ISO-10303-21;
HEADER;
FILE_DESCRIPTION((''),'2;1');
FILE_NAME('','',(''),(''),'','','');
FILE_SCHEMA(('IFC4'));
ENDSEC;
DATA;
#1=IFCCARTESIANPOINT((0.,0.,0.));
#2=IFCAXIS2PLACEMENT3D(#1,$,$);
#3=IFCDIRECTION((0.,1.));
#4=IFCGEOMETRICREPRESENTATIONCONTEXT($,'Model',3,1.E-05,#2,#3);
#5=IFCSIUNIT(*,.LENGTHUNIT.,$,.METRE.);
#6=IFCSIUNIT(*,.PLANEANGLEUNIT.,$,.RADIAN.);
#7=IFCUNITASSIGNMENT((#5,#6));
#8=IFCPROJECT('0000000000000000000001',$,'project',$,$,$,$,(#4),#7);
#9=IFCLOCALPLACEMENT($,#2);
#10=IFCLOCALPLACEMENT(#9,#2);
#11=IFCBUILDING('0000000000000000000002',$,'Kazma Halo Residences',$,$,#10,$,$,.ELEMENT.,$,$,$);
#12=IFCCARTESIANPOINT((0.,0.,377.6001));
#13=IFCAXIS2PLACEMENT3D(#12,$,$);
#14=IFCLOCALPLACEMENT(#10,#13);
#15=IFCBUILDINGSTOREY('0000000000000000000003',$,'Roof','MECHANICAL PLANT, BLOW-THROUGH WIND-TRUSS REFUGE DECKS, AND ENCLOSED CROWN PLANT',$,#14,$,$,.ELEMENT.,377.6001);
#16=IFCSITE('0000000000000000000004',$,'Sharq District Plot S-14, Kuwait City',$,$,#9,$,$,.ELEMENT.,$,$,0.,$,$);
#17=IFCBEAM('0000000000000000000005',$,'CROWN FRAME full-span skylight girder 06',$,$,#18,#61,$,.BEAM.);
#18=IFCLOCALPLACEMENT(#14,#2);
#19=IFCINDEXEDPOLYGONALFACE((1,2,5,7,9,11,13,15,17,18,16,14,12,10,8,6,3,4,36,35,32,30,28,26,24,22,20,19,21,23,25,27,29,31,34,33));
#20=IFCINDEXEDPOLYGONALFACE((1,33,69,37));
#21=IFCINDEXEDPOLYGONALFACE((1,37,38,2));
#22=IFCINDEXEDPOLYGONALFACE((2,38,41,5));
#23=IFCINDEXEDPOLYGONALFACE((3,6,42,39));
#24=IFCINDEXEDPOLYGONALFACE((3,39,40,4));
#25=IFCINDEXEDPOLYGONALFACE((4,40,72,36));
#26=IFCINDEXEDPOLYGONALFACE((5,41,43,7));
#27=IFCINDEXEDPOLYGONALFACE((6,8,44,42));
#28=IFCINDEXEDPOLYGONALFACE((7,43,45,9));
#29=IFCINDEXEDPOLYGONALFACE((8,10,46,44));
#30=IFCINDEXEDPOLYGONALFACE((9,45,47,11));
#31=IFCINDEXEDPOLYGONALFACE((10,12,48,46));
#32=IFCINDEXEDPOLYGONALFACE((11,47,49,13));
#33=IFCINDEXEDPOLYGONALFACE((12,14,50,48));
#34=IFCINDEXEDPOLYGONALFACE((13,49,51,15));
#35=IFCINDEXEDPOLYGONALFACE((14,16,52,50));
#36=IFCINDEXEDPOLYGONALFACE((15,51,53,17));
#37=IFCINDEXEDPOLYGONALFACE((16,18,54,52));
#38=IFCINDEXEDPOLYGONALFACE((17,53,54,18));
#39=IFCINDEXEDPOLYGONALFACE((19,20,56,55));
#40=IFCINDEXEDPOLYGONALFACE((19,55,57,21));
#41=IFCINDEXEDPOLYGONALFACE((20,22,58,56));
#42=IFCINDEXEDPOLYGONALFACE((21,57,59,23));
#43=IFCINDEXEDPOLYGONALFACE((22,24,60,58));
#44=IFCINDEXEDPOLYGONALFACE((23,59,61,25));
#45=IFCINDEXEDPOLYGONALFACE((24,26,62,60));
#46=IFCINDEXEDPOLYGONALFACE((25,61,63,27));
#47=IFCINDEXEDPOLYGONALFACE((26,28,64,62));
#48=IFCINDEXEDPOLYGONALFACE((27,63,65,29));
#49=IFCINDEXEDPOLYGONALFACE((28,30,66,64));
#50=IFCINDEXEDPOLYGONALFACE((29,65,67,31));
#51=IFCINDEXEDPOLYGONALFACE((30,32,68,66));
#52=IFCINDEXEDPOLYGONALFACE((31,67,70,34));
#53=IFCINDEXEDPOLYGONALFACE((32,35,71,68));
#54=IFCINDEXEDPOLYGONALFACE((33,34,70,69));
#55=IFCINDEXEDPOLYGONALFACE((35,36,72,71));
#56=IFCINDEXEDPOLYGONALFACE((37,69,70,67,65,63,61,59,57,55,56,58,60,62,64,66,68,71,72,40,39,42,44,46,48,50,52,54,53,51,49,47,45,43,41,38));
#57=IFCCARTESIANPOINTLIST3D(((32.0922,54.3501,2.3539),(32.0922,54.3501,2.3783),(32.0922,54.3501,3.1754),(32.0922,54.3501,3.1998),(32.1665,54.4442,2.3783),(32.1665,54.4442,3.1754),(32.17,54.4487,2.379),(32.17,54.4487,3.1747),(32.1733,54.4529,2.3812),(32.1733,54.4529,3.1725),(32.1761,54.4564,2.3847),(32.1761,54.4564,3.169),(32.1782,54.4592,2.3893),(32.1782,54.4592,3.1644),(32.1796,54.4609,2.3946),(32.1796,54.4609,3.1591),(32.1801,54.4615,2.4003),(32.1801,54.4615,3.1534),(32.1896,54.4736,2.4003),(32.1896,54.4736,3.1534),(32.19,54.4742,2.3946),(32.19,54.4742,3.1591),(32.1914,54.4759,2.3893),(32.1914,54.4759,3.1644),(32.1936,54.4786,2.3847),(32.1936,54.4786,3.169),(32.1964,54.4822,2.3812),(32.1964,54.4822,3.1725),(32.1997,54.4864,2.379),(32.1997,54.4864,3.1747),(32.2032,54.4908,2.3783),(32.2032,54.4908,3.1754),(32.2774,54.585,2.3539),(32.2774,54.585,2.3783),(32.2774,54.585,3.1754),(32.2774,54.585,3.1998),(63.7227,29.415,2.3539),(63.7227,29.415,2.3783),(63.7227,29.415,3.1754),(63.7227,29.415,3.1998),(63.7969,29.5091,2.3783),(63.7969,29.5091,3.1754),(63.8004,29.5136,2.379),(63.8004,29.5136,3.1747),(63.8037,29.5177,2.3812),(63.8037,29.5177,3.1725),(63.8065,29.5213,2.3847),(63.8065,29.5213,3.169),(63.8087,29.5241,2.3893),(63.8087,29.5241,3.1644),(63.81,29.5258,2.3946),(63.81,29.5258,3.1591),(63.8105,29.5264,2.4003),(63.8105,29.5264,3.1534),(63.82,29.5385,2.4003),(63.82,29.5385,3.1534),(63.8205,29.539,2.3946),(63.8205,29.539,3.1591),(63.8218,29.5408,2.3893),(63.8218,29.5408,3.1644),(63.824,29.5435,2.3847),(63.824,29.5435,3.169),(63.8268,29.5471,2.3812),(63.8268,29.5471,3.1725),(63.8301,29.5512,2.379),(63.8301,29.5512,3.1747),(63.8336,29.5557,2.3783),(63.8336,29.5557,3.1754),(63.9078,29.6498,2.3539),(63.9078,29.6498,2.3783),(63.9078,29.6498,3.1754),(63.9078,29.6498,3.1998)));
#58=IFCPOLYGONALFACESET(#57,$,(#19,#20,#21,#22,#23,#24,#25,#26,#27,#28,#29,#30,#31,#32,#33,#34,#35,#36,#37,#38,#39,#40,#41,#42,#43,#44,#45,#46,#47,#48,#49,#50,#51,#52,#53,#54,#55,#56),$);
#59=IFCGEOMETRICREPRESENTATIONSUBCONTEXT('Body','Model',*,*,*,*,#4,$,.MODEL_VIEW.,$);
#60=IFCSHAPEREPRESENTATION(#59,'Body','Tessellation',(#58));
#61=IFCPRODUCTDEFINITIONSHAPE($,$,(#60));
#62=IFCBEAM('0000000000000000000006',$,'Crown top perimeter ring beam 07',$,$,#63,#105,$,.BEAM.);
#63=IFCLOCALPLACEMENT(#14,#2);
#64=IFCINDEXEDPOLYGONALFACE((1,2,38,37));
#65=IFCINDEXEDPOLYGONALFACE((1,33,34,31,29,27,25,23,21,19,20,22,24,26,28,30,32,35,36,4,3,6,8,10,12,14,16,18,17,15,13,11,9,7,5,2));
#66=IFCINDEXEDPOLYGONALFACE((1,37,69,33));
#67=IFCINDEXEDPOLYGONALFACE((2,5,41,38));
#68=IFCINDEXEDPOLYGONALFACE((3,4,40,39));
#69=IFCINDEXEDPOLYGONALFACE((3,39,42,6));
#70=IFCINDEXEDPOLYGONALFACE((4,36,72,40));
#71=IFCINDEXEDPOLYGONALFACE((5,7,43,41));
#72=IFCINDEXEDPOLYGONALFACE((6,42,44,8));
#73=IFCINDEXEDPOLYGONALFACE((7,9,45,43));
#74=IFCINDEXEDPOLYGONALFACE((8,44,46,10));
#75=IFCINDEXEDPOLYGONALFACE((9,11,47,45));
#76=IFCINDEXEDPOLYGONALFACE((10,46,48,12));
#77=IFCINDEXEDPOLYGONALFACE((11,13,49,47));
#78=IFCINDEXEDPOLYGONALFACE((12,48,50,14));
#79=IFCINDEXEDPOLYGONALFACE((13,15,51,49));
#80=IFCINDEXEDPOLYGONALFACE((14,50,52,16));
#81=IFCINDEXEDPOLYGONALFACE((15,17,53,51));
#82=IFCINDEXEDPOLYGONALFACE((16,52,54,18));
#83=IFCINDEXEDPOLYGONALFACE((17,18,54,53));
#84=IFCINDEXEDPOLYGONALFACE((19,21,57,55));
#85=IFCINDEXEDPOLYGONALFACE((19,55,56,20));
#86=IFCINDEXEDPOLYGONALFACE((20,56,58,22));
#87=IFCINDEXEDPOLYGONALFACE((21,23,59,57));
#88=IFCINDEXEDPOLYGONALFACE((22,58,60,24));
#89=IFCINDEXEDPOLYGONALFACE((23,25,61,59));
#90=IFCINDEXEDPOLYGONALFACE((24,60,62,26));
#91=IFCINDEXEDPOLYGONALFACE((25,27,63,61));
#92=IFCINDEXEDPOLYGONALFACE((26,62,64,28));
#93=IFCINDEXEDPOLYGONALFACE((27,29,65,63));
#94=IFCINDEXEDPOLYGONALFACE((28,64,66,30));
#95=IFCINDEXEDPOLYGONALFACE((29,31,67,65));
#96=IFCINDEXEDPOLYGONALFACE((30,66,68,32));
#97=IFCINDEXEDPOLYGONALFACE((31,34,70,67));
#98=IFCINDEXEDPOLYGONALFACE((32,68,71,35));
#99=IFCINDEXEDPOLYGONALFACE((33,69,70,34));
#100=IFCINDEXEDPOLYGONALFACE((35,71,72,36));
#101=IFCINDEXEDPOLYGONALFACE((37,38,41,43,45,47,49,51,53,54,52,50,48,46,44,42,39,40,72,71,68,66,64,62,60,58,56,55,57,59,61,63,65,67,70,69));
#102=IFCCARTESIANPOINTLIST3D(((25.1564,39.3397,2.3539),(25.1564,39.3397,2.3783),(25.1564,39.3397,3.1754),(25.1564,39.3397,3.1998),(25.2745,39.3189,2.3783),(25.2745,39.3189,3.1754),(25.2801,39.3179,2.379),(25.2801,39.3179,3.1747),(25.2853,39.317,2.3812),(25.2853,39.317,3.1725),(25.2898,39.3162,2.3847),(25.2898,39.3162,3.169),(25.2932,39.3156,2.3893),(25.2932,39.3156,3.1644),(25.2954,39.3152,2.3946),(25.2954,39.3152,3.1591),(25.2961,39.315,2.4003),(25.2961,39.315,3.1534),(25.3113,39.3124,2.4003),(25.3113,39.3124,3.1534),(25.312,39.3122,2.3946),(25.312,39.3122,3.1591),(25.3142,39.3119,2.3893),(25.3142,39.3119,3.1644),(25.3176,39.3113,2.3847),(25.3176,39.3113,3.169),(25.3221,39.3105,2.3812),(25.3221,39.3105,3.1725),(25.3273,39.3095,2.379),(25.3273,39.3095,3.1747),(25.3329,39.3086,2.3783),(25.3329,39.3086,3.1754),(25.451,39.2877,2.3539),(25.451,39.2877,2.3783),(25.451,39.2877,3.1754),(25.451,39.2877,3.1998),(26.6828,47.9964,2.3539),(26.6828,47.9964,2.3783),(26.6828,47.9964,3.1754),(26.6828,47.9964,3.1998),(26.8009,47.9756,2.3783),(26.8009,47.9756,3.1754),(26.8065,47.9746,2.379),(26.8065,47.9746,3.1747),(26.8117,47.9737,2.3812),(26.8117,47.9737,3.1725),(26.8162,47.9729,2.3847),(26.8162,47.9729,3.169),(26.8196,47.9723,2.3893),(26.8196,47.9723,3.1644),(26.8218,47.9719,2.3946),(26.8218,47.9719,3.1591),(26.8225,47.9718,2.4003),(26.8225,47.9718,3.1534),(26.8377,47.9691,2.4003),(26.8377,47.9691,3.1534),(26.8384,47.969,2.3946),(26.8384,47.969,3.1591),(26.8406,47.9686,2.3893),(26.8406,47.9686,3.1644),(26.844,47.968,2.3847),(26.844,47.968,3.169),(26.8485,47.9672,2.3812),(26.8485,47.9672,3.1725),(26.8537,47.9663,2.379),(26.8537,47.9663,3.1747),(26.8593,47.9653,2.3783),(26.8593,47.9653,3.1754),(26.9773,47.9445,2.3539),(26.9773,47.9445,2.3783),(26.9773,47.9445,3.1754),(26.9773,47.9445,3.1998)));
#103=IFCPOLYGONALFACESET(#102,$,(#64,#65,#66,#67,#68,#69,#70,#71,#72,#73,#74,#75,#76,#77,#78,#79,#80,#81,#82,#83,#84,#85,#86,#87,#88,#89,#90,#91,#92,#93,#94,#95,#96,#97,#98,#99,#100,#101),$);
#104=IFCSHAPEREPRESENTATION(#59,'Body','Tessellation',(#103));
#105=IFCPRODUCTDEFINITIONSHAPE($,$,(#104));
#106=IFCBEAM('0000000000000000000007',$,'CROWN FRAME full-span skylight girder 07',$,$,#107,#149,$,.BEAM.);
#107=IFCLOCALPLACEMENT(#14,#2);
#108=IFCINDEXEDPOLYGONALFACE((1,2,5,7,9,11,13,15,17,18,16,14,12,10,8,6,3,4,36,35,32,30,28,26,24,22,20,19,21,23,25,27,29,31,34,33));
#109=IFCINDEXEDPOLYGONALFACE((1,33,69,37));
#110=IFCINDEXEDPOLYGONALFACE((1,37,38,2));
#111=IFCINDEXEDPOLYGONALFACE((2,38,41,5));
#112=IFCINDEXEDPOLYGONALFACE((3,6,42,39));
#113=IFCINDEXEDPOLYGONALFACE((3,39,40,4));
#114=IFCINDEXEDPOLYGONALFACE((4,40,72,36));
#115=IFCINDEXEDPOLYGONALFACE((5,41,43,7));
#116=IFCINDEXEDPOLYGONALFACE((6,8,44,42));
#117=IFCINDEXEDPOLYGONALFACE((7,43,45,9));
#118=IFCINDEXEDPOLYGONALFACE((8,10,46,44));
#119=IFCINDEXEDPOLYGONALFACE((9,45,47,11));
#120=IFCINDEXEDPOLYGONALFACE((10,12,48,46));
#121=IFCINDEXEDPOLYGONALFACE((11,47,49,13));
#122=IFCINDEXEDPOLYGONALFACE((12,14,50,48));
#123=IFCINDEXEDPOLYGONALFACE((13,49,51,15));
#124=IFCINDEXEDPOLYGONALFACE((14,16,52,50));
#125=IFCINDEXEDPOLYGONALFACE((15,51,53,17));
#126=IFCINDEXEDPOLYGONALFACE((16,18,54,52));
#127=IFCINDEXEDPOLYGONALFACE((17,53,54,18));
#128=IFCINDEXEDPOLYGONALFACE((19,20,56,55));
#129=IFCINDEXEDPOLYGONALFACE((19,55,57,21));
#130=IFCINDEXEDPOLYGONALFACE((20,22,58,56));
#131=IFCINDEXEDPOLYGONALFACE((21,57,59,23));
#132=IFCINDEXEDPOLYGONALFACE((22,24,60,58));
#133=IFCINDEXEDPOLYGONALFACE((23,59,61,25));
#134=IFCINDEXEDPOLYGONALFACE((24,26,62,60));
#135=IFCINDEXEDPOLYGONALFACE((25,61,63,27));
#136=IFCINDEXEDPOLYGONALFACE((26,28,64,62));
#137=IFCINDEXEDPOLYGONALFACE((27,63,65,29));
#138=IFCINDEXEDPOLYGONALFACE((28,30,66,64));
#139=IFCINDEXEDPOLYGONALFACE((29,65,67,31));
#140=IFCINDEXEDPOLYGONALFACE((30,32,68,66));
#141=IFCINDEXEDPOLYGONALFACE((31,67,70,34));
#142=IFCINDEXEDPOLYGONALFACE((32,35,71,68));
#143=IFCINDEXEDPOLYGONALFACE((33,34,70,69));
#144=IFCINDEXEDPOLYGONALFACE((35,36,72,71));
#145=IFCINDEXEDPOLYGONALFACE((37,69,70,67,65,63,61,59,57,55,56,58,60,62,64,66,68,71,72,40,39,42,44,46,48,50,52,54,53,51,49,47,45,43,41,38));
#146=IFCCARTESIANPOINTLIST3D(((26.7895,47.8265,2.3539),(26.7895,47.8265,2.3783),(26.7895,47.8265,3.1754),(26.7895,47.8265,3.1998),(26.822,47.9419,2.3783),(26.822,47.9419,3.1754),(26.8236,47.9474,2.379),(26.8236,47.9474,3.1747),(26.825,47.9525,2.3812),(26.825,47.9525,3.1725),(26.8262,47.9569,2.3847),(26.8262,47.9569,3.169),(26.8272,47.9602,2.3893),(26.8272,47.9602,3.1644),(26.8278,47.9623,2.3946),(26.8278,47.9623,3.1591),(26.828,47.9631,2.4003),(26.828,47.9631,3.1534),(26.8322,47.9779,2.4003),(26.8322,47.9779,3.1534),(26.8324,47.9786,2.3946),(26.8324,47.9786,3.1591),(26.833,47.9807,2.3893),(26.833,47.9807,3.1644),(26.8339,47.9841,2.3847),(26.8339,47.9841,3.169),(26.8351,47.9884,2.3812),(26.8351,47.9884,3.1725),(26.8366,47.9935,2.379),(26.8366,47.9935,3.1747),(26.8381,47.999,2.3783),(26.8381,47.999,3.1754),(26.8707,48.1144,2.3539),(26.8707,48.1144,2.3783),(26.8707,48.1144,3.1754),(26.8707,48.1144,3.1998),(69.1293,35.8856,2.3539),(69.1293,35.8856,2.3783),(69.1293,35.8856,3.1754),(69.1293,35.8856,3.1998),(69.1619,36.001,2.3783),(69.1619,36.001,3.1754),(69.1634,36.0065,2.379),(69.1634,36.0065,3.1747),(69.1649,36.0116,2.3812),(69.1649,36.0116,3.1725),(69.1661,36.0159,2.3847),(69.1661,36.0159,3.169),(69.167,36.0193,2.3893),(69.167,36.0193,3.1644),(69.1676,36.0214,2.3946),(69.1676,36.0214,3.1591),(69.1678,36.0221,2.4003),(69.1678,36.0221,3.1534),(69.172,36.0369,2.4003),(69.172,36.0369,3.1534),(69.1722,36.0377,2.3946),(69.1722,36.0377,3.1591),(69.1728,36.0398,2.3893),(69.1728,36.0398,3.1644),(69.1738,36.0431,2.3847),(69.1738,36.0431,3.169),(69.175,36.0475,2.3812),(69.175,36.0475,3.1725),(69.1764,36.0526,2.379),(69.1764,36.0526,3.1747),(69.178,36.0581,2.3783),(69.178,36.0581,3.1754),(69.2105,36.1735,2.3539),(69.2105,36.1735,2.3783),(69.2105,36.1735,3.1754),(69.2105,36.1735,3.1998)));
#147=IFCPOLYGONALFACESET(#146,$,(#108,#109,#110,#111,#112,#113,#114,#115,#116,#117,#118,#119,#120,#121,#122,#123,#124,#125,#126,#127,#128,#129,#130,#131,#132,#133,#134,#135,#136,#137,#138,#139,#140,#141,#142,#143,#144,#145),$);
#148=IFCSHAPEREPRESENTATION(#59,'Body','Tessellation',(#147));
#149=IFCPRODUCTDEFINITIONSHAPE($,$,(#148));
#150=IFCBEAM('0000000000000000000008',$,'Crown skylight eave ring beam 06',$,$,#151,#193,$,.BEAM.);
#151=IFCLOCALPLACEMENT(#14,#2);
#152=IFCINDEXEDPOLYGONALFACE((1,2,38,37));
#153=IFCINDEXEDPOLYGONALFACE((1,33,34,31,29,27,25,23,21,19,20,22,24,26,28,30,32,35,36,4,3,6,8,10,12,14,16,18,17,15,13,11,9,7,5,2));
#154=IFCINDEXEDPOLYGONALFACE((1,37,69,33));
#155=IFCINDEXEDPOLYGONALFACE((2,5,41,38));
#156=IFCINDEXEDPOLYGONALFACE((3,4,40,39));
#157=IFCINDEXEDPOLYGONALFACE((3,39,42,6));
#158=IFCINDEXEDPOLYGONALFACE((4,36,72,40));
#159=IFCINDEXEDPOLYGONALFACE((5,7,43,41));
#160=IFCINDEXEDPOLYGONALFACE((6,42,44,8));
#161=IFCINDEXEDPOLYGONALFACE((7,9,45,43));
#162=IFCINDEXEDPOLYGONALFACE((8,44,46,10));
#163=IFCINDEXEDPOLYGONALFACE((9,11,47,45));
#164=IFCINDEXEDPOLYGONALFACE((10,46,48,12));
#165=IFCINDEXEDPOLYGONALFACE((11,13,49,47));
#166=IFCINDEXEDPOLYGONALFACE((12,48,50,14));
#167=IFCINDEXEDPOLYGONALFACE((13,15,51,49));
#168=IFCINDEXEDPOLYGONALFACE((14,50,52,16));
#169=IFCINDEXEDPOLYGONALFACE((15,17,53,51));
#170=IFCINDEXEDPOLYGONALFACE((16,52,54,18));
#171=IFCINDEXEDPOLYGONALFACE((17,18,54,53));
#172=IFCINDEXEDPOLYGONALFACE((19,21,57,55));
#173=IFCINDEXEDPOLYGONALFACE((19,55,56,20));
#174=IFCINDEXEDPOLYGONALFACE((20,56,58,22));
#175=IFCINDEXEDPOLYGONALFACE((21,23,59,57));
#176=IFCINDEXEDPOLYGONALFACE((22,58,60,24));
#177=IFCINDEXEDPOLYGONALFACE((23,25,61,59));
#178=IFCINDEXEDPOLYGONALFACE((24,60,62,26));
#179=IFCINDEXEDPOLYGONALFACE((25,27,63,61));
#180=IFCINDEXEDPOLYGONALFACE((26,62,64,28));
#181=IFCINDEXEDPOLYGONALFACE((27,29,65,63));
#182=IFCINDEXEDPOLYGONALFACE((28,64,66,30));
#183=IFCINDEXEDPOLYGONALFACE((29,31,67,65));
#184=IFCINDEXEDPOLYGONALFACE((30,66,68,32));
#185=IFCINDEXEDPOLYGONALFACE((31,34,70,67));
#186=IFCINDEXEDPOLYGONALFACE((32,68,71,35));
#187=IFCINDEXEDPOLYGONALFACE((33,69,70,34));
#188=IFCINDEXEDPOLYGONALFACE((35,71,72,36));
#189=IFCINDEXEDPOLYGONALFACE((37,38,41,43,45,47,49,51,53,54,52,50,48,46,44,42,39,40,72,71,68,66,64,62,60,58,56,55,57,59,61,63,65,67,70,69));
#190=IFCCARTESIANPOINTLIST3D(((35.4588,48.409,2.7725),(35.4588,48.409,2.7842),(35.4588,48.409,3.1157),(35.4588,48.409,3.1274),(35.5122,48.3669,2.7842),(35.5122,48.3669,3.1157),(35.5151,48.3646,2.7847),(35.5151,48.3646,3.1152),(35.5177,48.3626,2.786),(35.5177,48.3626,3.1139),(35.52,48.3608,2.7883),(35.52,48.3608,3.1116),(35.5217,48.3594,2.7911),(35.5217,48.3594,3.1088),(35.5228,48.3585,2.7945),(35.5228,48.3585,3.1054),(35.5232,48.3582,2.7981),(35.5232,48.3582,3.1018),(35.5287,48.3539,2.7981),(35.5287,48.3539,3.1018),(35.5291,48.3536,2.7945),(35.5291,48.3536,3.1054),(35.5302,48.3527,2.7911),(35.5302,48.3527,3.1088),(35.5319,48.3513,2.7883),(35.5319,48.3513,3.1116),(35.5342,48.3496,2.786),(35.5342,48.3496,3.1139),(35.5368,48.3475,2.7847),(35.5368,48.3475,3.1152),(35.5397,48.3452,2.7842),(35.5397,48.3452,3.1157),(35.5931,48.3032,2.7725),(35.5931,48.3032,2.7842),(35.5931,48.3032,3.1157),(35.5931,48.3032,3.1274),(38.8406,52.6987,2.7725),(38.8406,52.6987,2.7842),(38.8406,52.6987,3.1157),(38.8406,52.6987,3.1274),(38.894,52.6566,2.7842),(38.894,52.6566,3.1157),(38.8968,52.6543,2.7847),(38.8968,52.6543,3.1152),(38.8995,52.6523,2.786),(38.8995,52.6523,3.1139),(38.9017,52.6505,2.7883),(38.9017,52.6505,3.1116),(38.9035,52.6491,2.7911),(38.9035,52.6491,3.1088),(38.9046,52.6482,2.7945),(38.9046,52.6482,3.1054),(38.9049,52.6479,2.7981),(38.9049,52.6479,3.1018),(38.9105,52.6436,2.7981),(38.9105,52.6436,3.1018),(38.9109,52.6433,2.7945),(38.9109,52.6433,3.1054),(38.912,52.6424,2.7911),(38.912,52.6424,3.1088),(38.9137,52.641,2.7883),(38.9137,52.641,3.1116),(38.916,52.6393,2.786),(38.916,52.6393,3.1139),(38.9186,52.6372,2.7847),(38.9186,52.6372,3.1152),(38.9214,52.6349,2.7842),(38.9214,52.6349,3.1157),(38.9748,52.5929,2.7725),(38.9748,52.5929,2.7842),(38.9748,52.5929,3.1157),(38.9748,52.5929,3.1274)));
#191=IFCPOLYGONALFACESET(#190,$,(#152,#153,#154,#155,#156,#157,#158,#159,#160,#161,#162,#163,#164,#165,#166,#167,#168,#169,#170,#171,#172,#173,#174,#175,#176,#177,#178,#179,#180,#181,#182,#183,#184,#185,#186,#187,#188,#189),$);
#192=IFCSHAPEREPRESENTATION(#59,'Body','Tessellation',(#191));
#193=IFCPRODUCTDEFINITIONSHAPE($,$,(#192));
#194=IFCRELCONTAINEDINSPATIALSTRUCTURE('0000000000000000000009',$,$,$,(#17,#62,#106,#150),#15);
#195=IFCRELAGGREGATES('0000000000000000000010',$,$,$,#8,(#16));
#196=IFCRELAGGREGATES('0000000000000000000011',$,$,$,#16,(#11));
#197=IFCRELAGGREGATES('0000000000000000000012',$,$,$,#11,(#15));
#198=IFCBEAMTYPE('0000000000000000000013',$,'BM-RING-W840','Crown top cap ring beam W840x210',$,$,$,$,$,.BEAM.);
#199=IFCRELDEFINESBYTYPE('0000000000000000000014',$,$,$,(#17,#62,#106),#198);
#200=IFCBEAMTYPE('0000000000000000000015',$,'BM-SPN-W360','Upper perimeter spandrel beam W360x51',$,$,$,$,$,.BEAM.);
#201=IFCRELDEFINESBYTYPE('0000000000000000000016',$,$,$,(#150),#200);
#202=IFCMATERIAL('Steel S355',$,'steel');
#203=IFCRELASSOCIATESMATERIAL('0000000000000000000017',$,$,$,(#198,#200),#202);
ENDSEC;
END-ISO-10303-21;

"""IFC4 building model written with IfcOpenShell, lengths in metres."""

from ifc_helpers import new_model, si_unit, direction, frame, origin, origin_2d, place, context, subcontext, project, spatial, i_section, extrude, material, material_profile, profile_set, type_object, element, save


model = new_model("IFC4")

# Units and contexts
model_context = context("Model", 3, precision=1e-05, world=origin(), true_north=direction((0.0, 1.0)))
body_context = subcontext(model_context, "Body", "Model", "MODEL_VIEW")
ifc_project = project(units=[si_unit("LENGTHUNIT", "METRE"), si_unit("PLANEANGLEUNIT", "RADIAN")], contexts=[model_context])

# Site, building, storey
site_placement = place(None, origin())
site = spatial("IfcSite", under=ifc_project, at=site_placement, Name="Sharq District Plot S-14, Kuwait City", CompositionType="ELEMENT", RefElevation=0.0)
building_placement = place(site_placement, origin())
building = spatial("IfcBuilding", under=site, at=building_placement, Name="Kazma Halo Residences", CompositionType="ELEMENT")
storey_placement = place(building_placement, frame((0.0, 0.0, 377.6001)))
storey = spatial("IfcBuildingStorey", under=building, at=storey_placement, Name="Roof", Description="MECHANICAL PLANT, BLOW-THROUGH WIND-TRUSS REFUGE DECKS, AND ENCLOSED CROWN PLANT", CompositionType="ELEMENT", Elevation=377.6001)

# Shared definitions
ifc_material_1 = material(Name="Steel S355", Category="steel")

# Beams
ifc_material_profile_1 = material_profile(ifc_material_1, i_section(OverallWidth=0.2991, OverallDepth=0.8459, WebThickness=0.0154, FlangeThickness=0.0244, FilletRadius=0.022, at=origin_2d()), Name="W840x210")
ifc_profile_set_1 = profile_set([ifc_material_profile_1], Name="Steel S355")
beam_type_1 = type_object("IfcBeamType", Name="BM-RING-W840", Description="Crown top cap ring beam W840x210", PredefinedType="BEAM", material=ifc_profile_set_1)
beam_1_placement = place(storey_placement, frame((32.1848, 54.4675, 2.7769), z_axis=(0.785321, -0.619089, 0.0), x_axis=(0.619089, 0.785321, 0.0)))
element("IfcBeam", 1, at=beam_1_placement, inside=storey, type_object=beam_type_1, Name="CROWN FRAME full-span skylight girder 06", PredefinedType="BEAM", context=body_context, shape_type="SweptSolid", body=[
    extrude(i_section(OverallWidth=0.2991, OverallDepth=0.8459, WebThickness=0.0154, FlangeThickness=0.0244, FilletRadius=0.022, at=origin_2d()), origin(), (0.0, 0.0, 1.0), 40.2771),
])
beam_2_placement = place(storey_placement, frame((26.8301, 47.9705, 2.7769), z_axis=(-0.173643, -0.984809, 0.0), x_axis=(0.984809, -0.173643, 0.0)))
element("IfcBeam", 2, at=beam_2_placement, inside=storey, type_object=beam_type_1, Name="Crown top perimeter ring beam 07", PredefinedType="BEAM", context=body_context, shape_type="SweptSolid", body=[
    extrude(i_section(OverallWidth=0.2991, OverallDepth=0.8459, WebThickness=0.0154, FlangeThickness=0.0244, FilletRadius=0.022, at=origin_2d()), origin(), (0.0, 0.0, 1.0), 8.7903),
])
beam_3_placement = place(storey_placement, frame((26.8301, 47.9705, 2.7769), z_axis=(0.962456, -0.271437, 0.0), x_axis=(0.271437, 0.962456, 0.0)))
element("IfcBeam", 3, at=beam_3_placement, inside=storey, type_object=beam_type_1, Name="CROWN FRAME full-span skylight girder 07", PredefinedType="BEAM", context=body_context, shape_type="SweptSolid", body=[
    extrude(i_section(OverallWidth=0.2991, OverallDepth=0.8459, WebThickness=0.0154, FlangeThickness=0.0244, FilletRadius=0.022, at=origin_2d()), origin(), (0.0, 0.0, 1.0), 43.9915),
])
ifc_material_profile_2 = material_profile(ifc_material_1, i_section(OverallWidth=0.1709, OverallDepth=0.355, WebThickness=0.0071, FlangeThickness=0.0117, FilletRadius=0.0139, at=origin_2d()), Name="W360x51")
ifc_profile_set_2 = profile_set([ifc_material_profile_2], Name="Steel S355")
beam_type_2 = type_object("IfcBeamType", Name="BM-SPN-W360", Description="Upper perimeter spandrel beam W360x51", PredefinedType="BEAM", material=ifc_profile_set_2)
beam_4_placement = place(storey_placement, frame((38.9077, 52.6458, 2.95), z_axis=(-0.619098, -0.785314, 0.0), x_axis=(0.785314, -0.619098, 0.0)))
element("IfcBeam", 4, at=beam_4_placement, inside=storey, type_object=beam_type_2, Name="Crown skylight eave ring beam 06", PredefinedType="BEAM", context=body_context, shape_type="SweptSolid", body=[
    extrude(i_section(OverallWidth=0.1709, OverallDepth=0.355, WebThickness=0.0071, FlangeThickness=0.0117, FilletRadius=0.0139, at=origin_2d()), origin(), (0.0, 0.0, 1.0), 5.4624),
])

save(model, "model.ifc")
